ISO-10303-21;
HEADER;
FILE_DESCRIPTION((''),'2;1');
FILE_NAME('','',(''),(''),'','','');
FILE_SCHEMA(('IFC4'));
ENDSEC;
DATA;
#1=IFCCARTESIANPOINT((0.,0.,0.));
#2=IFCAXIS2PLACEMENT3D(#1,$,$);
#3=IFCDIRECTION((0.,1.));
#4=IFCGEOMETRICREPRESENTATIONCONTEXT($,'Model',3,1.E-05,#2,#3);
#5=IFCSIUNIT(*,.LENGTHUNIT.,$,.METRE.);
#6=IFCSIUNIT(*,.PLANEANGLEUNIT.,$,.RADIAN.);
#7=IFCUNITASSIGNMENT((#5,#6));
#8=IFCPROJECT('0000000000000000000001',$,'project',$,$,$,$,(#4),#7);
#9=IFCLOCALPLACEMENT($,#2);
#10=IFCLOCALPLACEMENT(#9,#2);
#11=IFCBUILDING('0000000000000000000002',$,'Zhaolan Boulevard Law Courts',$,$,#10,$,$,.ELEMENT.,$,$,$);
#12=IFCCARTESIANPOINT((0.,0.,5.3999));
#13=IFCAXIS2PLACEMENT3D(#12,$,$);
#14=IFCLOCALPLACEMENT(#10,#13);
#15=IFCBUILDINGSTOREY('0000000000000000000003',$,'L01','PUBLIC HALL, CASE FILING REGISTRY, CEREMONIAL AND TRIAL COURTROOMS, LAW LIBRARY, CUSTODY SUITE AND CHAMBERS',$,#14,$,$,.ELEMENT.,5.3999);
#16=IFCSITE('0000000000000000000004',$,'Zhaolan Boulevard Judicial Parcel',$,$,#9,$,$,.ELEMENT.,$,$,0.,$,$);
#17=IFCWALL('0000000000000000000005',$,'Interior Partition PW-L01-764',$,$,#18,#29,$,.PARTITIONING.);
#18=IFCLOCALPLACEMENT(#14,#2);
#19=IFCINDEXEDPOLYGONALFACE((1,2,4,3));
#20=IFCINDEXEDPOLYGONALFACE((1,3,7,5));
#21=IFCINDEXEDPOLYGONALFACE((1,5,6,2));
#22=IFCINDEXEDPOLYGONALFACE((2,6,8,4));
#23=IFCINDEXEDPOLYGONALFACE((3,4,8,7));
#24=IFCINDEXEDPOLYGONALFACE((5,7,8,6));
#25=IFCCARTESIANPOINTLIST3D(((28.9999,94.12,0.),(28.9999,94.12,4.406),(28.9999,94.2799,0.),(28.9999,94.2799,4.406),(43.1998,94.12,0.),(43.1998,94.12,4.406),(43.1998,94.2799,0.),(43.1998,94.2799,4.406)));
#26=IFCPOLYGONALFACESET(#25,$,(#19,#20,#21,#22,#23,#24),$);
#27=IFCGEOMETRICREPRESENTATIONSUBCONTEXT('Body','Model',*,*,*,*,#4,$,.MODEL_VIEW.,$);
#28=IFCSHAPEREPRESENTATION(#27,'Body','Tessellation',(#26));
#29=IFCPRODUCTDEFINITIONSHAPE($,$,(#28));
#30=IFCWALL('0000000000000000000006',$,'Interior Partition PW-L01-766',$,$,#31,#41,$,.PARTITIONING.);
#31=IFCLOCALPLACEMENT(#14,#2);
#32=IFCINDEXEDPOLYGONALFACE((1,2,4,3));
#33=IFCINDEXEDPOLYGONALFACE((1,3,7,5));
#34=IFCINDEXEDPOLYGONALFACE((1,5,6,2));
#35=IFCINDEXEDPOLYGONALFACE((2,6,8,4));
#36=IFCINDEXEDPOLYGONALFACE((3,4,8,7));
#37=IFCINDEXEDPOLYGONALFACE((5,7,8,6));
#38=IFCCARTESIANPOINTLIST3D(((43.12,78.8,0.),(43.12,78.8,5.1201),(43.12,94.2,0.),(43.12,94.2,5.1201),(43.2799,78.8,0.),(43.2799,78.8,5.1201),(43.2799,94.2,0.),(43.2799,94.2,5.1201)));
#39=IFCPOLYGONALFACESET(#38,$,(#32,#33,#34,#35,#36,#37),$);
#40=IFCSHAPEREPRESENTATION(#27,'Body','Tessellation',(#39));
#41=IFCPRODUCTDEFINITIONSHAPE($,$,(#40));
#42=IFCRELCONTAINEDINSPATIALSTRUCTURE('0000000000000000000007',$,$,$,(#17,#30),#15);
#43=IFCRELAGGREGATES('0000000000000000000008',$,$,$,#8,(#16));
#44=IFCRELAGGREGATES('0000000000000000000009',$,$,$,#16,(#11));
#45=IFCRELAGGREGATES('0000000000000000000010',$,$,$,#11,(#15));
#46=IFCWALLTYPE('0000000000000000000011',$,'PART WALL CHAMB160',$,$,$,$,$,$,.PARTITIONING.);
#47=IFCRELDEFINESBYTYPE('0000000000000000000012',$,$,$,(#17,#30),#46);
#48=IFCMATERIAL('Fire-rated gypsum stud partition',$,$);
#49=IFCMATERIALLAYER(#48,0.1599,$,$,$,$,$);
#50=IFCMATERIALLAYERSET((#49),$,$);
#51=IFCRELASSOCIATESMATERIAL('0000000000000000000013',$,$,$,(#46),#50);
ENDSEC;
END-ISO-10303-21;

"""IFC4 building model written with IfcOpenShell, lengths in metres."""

from ifc_helpers import new_model, si_unit, direction, frame, frame_2d, origin, place, context, subcontext, project, spatial, rectangle, extrude, material, layer, layer_set, type_object, element, save


model = new_model("IFC4")

# Units and contexts
model_context = context("Model", 3, precision=1e-05, world=origin(), true_north=direction((0.0, 1.0)))
body_context = subcontext(model_context, "Body", "Model", "MODEL_VIEW")
ifc_project = project(units=[si_unit("LENGTHUNIT", "METRE"), si_unit("PLANEANGLEUNIT", "RADIAN")], contexts=[model_context])

# Site, building, storey
site_placement = place(None, origin())
site = spatial("IfcSite", under=ifc_project, at=site_placement, Name="Zhaolan Boulevard Judicial Parcel", CompositionType="ELEMENT", RefElevation=0.0)
building_placement = place(site_placement, origin())
building = spatial("IfcBuilding", under=site, at=building_placement, Name="Zhaolan Boulevard Law Courts", CompositionType="ELEMENT")
storey_placement = place(building_placement, frame((0.0, 0.0, 5.3999)))
storey = spatial("IfcBuildingStorey", under=building, at=storey_placement, Name="L01", Description="PUBLIC HALL, CASE FILING REGISTRY, CEREMONIAL AND TRIAL COURTROOMS, LAW LIBRARY, CUSTODY SUITE AND CHAMBERS", CompositionType="ELEMENT", Elevation=5.3999)

# Walls
ifc_material_1 = material(Name="Fire-rated gypsum stud partition")
ifc_layer_1 = layer(ifc_material_1, 0.1599)
ifc_layer_set_1 = layer_set([ifc_layer_1])
wall_type = type_object("IfcWallType", Name="PART WALL CHAMB160", PredefinedType="PARTITIONING", material=ifc_layer_set_1)
wall_1_placement = place(storey_placement, frame((43.2, 94.2, 0.0), z_axis=(0.0, 0.0, 1.0), x_axis=(-1.0, 0.0, 0.0)))
element("IfcWall", 1, at=wall_1_placement, inside=storey, type_object=wall_type, Name="Interior Partition PW-L01-764", PredefinedType="PARTITIONING", context=body_context, shape_type="SweptSolid", body=[
    extrude(rectangle(XDim=14.2, YDim=0.1599, at=frame_2d((7.1001, 0.0))), origin(), (0.0, 0.0, 1.0), 4.406),
])
wall_2_placement = place(storey_placement, frame((43.2, 78.8, 0.0), z_axis=(0.0, 0.0, 1.0), x_axis=(0.0, 1.0, 0.0)))
element("IfcWall", 2, at=wall_2_placement, inside=storey, type_object=wall_type, Name="Interior Partition PW-L01-766", PredefinedType="PARTITIONING", context=body_context, shape_type="SweptSolid", body=[
    extrude(rectangle(XDim=15.3999, YDim=0.1599, at=frame_2d((7.7, 0.0))), origin(), (0.0, 0.0, 1.0), 5.1201),
])

save(model, "model.ifc")
